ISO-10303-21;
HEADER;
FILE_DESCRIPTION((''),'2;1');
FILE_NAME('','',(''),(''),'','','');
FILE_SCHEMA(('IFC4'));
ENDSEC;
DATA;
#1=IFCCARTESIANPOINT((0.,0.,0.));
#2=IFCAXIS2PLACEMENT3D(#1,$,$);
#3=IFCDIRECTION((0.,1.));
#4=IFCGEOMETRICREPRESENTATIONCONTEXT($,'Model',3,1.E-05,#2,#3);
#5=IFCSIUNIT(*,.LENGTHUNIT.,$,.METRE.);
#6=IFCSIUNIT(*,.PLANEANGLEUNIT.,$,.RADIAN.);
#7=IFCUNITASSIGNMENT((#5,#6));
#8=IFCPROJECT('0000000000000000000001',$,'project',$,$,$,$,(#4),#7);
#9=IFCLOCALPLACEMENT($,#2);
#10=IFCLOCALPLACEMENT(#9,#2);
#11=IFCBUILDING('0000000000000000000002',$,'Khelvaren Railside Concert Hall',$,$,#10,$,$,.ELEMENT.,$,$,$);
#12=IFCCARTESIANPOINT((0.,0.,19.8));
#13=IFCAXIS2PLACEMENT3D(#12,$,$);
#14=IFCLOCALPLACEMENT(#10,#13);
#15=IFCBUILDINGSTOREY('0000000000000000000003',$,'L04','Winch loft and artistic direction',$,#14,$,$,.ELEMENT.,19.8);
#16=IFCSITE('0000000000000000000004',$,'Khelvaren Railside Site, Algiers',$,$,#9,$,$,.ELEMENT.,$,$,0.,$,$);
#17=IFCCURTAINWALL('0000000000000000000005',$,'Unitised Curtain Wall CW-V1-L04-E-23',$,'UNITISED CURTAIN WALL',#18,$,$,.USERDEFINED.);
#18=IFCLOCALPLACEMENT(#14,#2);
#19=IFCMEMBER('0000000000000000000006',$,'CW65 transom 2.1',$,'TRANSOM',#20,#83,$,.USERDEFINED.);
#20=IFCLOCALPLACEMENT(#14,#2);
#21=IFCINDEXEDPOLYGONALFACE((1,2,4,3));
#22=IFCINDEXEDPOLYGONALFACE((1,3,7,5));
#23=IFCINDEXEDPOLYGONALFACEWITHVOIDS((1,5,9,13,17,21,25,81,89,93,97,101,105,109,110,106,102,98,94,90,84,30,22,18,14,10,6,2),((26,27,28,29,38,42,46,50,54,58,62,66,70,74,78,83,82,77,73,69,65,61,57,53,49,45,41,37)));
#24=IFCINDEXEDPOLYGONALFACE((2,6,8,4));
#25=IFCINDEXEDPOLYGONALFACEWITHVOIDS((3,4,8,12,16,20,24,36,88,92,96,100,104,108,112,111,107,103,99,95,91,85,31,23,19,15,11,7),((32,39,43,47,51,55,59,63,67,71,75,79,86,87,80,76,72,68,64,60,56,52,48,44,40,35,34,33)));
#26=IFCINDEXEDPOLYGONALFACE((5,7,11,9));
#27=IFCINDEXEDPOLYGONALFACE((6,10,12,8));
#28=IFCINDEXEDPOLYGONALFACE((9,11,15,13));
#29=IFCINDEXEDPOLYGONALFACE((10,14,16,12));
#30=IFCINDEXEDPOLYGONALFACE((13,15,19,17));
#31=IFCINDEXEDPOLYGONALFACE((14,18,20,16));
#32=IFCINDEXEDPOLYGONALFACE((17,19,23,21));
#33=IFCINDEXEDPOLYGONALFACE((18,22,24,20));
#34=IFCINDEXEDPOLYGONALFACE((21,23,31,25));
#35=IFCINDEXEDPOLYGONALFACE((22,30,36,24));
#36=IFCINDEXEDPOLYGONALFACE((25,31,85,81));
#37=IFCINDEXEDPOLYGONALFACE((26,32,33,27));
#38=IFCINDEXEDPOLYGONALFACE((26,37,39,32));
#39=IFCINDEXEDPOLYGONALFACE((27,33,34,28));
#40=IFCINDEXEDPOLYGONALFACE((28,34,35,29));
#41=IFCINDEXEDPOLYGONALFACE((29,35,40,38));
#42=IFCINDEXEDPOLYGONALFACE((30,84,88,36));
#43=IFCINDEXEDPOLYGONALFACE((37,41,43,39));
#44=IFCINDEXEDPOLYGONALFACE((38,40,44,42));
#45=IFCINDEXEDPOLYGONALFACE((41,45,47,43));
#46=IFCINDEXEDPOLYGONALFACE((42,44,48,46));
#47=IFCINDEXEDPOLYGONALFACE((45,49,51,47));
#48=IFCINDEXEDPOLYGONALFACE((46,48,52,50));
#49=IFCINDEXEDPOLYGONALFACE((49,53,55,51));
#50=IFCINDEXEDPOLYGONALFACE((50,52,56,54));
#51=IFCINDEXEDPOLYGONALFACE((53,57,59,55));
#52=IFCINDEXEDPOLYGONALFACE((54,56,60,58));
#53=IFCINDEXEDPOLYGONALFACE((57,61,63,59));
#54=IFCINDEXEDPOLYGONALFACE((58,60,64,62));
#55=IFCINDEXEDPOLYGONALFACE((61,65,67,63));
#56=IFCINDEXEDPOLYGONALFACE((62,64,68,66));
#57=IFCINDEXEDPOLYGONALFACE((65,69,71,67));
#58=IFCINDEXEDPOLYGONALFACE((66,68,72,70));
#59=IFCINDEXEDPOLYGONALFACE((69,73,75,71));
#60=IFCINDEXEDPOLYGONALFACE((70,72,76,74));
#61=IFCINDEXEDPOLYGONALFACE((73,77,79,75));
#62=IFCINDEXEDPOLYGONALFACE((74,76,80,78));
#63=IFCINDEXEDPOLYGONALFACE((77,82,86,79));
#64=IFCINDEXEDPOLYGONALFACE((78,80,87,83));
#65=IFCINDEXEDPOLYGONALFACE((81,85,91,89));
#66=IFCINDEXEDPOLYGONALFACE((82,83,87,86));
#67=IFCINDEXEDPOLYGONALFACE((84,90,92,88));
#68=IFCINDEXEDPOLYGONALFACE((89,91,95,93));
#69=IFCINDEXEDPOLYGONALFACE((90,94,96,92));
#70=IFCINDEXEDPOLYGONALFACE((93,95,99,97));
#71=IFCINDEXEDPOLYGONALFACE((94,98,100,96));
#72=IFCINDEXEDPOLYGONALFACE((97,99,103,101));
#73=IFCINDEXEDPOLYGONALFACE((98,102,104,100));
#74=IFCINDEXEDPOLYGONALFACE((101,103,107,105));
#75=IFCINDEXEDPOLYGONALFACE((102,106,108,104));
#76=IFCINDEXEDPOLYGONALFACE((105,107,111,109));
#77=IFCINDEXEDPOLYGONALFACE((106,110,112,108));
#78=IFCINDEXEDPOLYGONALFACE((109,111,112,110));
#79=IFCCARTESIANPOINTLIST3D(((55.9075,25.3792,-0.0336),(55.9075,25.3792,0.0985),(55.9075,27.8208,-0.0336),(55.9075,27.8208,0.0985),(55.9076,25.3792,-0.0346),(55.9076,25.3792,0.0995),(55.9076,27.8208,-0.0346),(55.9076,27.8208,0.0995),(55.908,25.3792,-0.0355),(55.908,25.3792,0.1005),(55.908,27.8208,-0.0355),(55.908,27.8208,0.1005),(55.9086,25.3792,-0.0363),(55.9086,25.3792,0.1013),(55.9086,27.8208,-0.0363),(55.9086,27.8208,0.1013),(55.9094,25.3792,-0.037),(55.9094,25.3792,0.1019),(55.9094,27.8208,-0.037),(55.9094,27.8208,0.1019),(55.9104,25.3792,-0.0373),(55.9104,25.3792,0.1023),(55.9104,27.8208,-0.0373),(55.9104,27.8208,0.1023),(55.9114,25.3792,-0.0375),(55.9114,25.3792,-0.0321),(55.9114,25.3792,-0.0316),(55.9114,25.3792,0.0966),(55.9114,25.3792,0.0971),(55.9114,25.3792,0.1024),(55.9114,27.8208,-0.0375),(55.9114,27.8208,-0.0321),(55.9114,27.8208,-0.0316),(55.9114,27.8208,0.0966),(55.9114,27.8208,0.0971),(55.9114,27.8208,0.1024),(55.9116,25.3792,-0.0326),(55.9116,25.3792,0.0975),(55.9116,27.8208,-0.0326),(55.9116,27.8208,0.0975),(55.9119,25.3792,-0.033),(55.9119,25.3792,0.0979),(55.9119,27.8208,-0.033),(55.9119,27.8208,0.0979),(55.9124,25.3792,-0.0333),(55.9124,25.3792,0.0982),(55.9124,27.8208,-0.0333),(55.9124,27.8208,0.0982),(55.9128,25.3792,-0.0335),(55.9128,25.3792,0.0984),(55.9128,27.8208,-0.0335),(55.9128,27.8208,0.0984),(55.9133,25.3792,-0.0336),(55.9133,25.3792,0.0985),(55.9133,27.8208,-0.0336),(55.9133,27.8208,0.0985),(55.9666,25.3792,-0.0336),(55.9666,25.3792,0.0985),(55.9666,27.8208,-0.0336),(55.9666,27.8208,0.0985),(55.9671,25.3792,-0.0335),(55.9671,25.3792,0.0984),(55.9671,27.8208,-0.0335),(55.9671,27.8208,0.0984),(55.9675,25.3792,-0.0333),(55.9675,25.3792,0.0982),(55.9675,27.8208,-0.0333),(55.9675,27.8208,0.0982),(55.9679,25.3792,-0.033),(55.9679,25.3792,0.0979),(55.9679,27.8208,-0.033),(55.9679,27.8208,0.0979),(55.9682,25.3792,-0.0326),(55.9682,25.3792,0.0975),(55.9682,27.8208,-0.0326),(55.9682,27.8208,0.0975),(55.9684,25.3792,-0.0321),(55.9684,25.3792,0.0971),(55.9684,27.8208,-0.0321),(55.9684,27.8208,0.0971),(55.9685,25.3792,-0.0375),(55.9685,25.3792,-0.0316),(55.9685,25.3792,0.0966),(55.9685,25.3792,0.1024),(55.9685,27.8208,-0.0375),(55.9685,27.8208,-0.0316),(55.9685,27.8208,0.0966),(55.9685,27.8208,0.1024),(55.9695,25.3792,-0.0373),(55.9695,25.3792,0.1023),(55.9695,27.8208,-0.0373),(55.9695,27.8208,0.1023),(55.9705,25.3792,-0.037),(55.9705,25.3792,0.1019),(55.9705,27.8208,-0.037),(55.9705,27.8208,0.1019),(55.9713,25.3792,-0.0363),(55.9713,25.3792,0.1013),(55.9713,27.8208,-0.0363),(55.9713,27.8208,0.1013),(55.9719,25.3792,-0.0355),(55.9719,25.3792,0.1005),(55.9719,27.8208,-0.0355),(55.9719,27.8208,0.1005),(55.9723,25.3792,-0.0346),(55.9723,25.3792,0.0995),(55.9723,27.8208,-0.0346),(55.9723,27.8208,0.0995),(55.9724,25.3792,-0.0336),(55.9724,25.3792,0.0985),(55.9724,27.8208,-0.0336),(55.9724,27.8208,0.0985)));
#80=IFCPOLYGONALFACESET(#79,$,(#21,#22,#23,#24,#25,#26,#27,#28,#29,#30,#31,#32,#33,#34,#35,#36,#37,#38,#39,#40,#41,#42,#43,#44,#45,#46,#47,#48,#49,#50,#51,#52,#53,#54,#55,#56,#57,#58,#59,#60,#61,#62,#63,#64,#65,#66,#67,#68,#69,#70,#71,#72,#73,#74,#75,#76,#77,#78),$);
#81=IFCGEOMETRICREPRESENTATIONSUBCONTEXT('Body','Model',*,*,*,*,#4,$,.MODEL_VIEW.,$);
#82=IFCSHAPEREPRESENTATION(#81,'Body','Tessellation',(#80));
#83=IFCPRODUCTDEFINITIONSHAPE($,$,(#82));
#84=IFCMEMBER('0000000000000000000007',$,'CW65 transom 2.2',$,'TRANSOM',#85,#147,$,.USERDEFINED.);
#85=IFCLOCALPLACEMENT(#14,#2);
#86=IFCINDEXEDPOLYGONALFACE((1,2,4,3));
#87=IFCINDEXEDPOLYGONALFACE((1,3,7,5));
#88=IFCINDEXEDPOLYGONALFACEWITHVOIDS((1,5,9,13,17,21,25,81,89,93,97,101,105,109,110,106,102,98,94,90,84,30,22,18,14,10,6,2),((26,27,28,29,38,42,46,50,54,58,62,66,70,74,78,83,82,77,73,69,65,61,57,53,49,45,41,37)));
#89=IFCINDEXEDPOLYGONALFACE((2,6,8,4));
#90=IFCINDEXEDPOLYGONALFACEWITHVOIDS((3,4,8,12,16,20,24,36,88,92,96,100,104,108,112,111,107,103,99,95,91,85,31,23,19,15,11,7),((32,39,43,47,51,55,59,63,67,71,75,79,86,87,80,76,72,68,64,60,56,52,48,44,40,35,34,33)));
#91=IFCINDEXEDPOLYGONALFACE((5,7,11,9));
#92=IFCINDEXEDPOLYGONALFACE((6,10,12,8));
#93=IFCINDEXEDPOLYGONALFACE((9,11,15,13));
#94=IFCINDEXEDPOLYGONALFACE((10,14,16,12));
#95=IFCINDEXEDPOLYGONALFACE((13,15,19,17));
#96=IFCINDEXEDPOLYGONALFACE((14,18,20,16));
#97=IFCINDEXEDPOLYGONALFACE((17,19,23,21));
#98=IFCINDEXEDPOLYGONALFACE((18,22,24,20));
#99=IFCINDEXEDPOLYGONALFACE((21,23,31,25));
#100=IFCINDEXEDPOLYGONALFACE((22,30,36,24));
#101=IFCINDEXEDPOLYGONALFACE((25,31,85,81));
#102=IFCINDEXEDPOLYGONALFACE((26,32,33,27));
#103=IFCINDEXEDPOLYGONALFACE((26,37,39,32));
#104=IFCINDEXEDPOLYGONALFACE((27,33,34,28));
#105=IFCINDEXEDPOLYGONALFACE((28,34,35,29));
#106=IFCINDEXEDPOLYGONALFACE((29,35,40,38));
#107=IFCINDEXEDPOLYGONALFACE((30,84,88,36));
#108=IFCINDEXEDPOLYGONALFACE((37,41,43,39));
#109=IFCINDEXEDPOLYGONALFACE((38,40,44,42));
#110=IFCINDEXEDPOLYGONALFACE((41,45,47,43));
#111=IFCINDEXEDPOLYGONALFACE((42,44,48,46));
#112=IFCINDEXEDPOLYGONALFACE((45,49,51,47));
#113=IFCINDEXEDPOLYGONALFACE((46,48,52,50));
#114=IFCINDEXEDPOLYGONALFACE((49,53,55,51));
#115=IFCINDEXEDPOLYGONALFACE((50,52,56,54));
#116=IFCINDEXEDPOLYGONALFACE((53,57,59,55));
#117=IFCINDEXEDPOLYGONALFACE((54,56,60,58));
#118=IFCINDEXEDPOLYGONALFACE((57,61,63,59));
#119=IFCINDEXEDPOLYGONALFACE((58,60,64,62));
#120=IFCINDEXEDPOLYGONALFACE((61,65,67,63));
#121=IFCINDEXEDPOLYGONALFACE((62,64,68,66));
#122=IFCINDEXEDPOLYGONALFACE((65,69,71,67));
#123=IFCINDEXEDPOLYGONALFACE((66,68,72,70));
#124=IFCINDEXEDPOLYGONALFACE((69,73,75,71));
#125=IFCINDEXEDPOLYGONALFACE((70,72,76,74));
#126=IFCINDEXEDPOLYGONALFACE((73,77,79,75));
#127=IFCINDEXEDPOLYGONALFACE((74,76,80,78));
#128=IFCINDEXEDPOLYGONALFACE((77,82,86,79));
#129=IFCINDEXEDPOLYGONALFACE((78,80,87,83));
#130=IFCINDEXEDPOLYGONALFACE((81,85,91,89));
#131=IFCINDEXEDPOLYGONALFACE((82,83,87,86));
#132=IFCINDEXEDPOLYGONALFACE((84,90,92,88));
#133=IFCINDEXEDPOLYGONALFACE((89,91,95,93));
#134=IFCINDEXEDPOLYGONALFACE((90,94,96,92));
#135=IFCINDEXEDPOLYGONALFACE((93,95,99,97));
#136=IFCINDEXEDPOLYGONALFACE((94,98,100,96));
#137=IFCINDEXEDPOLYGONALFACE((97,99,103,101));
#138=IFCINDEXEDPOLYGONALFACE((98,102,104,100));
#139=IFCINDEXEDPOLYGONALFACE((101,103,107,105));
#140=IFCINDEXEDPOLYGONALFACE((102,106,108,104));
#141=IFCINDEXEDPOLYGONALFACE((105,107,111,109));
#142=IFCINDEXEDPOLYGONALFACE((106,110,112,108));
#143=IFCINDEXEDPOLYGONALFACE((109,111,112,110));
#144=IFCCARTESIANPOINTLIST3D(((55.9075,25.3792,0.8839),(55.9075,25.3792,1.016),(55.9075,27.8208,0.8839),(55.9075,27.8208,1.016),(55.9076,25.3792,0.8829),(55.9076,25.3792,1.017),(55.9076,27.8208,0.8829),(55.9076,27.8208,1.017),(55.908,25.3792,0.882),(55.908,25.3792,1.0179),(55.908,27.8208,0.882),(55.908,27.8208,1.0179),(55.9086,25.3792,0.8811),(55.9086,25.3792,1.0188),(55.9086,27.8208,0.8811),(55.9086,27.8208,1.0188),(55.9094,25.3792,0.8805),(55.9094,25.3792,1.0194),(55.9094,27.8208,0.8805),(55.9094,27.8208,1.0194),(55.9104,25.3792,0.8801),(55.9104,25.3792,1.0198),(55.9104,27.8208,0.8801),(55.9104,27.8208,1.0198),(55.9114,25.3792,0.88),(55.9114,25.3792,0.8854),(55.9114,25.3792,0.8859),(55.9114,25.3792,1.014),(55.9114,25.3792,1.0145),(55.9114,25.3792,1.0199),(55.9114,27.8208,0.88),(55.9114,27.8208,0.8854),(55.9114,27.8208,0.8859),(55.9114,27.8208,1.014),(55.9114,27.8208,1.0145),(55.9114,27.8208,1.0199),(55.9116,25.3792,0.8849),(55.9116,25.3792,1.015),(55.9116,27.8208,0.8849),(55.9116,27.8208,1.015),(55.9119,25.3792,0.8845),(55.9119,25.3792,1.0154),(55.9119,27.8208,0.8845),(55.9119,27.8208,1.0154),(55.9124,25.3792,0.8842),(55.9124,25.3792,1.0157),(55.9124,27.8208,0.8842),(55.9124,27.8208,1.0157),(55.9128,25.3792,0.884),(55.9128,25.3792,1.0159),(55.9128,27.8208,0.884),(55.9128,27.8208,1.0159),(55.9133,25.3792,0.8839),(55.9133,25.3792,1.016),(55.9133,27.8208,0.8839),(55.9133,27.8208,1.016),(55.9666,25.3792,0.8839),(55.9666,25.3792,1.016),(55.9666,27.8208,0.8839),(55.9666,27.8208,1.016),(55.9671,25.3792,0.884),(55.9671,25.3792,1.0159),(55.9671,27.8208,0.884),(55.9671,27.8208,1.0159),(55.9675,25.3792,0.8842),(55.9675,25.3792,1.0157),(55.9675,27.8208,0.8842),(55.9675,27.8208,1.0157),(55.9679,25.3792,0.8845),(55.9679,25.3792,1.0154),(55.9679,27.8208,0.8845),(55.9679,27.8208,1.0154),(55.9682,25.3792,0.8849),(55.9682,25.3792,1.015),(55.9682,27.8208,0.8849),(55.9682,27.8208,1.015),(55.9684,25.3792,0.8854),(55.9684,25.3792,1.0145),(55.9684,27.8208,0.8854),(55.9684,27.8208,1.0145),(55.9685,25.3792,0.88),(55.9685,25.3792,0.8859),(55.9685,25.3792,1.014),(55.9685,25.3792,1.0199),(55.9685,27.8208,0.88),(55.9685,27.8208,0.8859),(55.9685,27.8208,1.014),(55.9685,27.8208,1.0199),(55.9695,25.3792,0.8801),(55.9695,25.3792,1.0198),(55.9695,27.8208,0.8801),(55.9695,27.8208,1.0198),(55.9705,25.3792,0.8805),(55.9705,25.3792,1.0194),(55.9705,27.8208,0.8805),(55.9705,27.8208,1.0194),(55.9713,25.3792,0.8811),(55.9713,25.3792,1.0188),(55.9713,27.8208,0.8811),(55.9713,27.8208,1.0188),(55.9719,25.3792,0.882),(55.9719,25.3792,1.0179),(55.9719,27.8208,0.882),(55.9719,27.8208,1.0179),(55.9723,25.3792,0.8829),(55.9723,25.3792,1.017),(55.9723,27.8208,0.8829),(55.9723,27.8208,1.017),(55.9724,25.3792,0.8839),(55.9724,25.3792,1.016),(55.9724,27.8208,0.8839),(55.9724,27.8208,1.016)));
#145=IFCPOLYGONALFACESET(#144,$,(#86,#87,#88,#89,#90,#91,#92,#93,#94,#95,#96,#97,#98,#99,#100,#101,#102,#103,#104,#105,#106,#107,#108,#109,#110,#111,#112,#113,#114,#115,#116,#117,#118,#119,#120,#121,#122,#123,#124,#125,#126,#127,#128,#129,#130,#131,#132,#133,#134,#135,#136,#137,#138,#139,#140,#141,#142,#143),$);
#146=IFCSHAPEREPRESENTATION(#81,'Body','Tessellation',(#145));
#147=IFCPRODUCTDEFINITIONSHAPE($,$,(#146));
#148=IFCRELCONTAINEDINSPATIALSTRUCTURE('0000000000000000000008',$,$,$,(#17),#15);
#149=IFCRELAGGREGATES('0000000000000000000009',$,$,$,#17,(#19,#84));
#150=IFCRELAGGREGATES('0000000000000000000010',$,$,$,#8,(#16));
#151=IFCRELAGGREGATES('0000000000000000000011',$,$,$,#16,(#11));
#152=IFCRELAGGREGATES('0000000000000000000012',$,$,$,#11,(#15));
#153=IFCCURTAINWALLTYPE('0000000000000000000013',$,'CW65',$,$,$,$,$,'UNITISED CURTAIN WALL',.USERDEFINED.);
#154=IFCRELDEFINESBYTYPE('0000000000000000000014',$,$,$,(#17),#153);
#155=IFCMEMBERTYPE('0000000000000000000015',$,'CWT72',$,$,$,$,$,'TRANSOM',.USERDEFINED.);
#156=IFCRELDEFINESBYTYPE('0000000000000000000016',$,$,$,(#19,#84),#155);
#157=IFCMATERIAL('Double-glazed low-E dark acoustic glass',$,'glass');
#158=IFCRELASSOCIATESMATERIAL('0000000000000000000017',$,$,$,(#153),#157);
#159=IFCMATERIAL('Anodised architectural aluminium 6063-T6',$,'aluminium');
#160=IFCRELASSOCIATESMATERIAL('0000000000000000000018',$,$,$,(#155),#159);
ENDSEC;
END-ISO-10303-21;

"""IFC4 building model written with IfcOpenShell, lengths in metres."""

from ifc_helpers import new_model, si_unit, direction, frame, origin, origin_2d, place, context, subcontext, project, spatial, hollow_rectangle, extrude, material, material_profile, profile_set, type_object, element, aggregate, save


model = new_model("IFC4")

# Units and contexts
model_context = context("Model", 3, precision=1e-05, world=origin(), true_north=direction((0.0, 1.0)))
body_context = subcontext(model_context, "Body", "Model", "MODEL_VIEW")
ifc_project = project(units=[si_unit("LENGTHUNIT", "METRE"), si_unit("PLANEANGLEUNIT", "RADIAN")], contexts=[model_context])

# Site, building, storey
site_placement = place(None, origin())
site = spatial("IfcSite", under=ifc_project, at=site_placement, Name="Khelvaren Railside Site, Algiers", CompositionType="ELEMENT", RefElevation=0.0)
building_placement = place(site_placement, origin())
building = spatial("IfcBuilding", under=site, at=building_placement, Name="Khelvaren Railside Concert Hall", CompositionType="ELEMENT")
storey_placement = place(building_placement, frame((0.0, 0.0, 19.8)))
storey = spatial("IfcBuildingStorey", under=building, at=storey_placement, Name="L04", Description="Winch loft and artistic direction", CompositionType="ELEMENT", Elevation=19.8)

# Shared definitions
ifc_material_1 = material(Name="Anodised architectural aluminium 6063-T6", Category="aluminium")
ifc_material_2 = material(Name="Double-glazed low-E dark acoustic glass", Category="glass")

# Curtain wall
curtain_wall_type_1 = type_object("IfcCurtainWallType", Name="CW65", ElementType="UNITISED CURTAIN WALL", PredefinedType="USERDEFINED", material=ifc_material_2)
curtain_wall_1_placement = place(storey_placement, origin())
curtain_wall_1 = element("IfcCurtainWall", 1, at=curtain_wall_1_placement, inside=storey, type_object=curtain_wall_type_1, Name="Unitised Curtain Wall CW-V1-L04-E-23", ObjectType="UNITISED CURTAIN WALL", PredefinedType="USERDEFINED")

# Members
ifc_material_profile_1 = material_profile(ifc_material_1, hollow_rectangle(XDim=0.0649, YDim=0.1399, WallThickness=0.0039, InnerFilletRadius=0.002, OuterFilletRadius=0.0039, at=origin_2d()), Name="CWT 65x140x4")
ifc_profile_set_1 = profile_set([ifc_material_profile_1], Name="Anodised architectural aluminium 6063-T6")
member_type_1 = type_object("IfcMemberType", Name="CWT72", ElementType="TRANSOM", PredefinedType="USERDEFINED", material=ifc_profile_set_1)
member_1_placement = place(storey_placement, frame((55.9399, 27.8208, 0.0325), z_axis=(0.0, -1.0, 0.0), x_axis=(1.0, 0.0, 0.0)))
member_1 = element("IfcMember", 2, at=member_1_placement, type_object=member_type_1, Name="CW65 transom 2.1", ObjectType="TRANSOM", PredefinedType="USERDEFINED", context=body_context, shape_type="SweptSolid", body=[
    extrude(hollow_rectangle(XDim=0.0649, YDim=0.1399, WallThickness=0.0039, InnerFilletRadius=0.002, OuterFilletRadius=0.0039, at=origin_2d()), origin(), (0.0, 0.0, 1.0), 2.4417),
])
member_2_placement = place(storey_placement, frame((55.9399, 27.8208, 0.95), z_axis=(0.0, -1.0, 0.0), x_axis=(1.0, 0.0, 0.0)))
member_2 = element("IfcMember", 3, at=member_2_placement, type_object=member_type_1, Name="CW65 transom 2.2", ObjectType="TRANSOM", PredefinedType="USERDEFINED", context=body_context, shape_type="SweptSolid", body=[
    extrude(hollow_rectangle(XDim=0.0649, YDim=0.1399, WallThickness=0.0039, InnerFilletRadius=0.002, OuterFilletRadius=0.0039, at=origin_2d()), origin(), (0.0, 0.0, 1.0), 2.4417),
])

aggregate(curtain_wall_1, [member_1, member_2])

save(model, "model.ifc")
